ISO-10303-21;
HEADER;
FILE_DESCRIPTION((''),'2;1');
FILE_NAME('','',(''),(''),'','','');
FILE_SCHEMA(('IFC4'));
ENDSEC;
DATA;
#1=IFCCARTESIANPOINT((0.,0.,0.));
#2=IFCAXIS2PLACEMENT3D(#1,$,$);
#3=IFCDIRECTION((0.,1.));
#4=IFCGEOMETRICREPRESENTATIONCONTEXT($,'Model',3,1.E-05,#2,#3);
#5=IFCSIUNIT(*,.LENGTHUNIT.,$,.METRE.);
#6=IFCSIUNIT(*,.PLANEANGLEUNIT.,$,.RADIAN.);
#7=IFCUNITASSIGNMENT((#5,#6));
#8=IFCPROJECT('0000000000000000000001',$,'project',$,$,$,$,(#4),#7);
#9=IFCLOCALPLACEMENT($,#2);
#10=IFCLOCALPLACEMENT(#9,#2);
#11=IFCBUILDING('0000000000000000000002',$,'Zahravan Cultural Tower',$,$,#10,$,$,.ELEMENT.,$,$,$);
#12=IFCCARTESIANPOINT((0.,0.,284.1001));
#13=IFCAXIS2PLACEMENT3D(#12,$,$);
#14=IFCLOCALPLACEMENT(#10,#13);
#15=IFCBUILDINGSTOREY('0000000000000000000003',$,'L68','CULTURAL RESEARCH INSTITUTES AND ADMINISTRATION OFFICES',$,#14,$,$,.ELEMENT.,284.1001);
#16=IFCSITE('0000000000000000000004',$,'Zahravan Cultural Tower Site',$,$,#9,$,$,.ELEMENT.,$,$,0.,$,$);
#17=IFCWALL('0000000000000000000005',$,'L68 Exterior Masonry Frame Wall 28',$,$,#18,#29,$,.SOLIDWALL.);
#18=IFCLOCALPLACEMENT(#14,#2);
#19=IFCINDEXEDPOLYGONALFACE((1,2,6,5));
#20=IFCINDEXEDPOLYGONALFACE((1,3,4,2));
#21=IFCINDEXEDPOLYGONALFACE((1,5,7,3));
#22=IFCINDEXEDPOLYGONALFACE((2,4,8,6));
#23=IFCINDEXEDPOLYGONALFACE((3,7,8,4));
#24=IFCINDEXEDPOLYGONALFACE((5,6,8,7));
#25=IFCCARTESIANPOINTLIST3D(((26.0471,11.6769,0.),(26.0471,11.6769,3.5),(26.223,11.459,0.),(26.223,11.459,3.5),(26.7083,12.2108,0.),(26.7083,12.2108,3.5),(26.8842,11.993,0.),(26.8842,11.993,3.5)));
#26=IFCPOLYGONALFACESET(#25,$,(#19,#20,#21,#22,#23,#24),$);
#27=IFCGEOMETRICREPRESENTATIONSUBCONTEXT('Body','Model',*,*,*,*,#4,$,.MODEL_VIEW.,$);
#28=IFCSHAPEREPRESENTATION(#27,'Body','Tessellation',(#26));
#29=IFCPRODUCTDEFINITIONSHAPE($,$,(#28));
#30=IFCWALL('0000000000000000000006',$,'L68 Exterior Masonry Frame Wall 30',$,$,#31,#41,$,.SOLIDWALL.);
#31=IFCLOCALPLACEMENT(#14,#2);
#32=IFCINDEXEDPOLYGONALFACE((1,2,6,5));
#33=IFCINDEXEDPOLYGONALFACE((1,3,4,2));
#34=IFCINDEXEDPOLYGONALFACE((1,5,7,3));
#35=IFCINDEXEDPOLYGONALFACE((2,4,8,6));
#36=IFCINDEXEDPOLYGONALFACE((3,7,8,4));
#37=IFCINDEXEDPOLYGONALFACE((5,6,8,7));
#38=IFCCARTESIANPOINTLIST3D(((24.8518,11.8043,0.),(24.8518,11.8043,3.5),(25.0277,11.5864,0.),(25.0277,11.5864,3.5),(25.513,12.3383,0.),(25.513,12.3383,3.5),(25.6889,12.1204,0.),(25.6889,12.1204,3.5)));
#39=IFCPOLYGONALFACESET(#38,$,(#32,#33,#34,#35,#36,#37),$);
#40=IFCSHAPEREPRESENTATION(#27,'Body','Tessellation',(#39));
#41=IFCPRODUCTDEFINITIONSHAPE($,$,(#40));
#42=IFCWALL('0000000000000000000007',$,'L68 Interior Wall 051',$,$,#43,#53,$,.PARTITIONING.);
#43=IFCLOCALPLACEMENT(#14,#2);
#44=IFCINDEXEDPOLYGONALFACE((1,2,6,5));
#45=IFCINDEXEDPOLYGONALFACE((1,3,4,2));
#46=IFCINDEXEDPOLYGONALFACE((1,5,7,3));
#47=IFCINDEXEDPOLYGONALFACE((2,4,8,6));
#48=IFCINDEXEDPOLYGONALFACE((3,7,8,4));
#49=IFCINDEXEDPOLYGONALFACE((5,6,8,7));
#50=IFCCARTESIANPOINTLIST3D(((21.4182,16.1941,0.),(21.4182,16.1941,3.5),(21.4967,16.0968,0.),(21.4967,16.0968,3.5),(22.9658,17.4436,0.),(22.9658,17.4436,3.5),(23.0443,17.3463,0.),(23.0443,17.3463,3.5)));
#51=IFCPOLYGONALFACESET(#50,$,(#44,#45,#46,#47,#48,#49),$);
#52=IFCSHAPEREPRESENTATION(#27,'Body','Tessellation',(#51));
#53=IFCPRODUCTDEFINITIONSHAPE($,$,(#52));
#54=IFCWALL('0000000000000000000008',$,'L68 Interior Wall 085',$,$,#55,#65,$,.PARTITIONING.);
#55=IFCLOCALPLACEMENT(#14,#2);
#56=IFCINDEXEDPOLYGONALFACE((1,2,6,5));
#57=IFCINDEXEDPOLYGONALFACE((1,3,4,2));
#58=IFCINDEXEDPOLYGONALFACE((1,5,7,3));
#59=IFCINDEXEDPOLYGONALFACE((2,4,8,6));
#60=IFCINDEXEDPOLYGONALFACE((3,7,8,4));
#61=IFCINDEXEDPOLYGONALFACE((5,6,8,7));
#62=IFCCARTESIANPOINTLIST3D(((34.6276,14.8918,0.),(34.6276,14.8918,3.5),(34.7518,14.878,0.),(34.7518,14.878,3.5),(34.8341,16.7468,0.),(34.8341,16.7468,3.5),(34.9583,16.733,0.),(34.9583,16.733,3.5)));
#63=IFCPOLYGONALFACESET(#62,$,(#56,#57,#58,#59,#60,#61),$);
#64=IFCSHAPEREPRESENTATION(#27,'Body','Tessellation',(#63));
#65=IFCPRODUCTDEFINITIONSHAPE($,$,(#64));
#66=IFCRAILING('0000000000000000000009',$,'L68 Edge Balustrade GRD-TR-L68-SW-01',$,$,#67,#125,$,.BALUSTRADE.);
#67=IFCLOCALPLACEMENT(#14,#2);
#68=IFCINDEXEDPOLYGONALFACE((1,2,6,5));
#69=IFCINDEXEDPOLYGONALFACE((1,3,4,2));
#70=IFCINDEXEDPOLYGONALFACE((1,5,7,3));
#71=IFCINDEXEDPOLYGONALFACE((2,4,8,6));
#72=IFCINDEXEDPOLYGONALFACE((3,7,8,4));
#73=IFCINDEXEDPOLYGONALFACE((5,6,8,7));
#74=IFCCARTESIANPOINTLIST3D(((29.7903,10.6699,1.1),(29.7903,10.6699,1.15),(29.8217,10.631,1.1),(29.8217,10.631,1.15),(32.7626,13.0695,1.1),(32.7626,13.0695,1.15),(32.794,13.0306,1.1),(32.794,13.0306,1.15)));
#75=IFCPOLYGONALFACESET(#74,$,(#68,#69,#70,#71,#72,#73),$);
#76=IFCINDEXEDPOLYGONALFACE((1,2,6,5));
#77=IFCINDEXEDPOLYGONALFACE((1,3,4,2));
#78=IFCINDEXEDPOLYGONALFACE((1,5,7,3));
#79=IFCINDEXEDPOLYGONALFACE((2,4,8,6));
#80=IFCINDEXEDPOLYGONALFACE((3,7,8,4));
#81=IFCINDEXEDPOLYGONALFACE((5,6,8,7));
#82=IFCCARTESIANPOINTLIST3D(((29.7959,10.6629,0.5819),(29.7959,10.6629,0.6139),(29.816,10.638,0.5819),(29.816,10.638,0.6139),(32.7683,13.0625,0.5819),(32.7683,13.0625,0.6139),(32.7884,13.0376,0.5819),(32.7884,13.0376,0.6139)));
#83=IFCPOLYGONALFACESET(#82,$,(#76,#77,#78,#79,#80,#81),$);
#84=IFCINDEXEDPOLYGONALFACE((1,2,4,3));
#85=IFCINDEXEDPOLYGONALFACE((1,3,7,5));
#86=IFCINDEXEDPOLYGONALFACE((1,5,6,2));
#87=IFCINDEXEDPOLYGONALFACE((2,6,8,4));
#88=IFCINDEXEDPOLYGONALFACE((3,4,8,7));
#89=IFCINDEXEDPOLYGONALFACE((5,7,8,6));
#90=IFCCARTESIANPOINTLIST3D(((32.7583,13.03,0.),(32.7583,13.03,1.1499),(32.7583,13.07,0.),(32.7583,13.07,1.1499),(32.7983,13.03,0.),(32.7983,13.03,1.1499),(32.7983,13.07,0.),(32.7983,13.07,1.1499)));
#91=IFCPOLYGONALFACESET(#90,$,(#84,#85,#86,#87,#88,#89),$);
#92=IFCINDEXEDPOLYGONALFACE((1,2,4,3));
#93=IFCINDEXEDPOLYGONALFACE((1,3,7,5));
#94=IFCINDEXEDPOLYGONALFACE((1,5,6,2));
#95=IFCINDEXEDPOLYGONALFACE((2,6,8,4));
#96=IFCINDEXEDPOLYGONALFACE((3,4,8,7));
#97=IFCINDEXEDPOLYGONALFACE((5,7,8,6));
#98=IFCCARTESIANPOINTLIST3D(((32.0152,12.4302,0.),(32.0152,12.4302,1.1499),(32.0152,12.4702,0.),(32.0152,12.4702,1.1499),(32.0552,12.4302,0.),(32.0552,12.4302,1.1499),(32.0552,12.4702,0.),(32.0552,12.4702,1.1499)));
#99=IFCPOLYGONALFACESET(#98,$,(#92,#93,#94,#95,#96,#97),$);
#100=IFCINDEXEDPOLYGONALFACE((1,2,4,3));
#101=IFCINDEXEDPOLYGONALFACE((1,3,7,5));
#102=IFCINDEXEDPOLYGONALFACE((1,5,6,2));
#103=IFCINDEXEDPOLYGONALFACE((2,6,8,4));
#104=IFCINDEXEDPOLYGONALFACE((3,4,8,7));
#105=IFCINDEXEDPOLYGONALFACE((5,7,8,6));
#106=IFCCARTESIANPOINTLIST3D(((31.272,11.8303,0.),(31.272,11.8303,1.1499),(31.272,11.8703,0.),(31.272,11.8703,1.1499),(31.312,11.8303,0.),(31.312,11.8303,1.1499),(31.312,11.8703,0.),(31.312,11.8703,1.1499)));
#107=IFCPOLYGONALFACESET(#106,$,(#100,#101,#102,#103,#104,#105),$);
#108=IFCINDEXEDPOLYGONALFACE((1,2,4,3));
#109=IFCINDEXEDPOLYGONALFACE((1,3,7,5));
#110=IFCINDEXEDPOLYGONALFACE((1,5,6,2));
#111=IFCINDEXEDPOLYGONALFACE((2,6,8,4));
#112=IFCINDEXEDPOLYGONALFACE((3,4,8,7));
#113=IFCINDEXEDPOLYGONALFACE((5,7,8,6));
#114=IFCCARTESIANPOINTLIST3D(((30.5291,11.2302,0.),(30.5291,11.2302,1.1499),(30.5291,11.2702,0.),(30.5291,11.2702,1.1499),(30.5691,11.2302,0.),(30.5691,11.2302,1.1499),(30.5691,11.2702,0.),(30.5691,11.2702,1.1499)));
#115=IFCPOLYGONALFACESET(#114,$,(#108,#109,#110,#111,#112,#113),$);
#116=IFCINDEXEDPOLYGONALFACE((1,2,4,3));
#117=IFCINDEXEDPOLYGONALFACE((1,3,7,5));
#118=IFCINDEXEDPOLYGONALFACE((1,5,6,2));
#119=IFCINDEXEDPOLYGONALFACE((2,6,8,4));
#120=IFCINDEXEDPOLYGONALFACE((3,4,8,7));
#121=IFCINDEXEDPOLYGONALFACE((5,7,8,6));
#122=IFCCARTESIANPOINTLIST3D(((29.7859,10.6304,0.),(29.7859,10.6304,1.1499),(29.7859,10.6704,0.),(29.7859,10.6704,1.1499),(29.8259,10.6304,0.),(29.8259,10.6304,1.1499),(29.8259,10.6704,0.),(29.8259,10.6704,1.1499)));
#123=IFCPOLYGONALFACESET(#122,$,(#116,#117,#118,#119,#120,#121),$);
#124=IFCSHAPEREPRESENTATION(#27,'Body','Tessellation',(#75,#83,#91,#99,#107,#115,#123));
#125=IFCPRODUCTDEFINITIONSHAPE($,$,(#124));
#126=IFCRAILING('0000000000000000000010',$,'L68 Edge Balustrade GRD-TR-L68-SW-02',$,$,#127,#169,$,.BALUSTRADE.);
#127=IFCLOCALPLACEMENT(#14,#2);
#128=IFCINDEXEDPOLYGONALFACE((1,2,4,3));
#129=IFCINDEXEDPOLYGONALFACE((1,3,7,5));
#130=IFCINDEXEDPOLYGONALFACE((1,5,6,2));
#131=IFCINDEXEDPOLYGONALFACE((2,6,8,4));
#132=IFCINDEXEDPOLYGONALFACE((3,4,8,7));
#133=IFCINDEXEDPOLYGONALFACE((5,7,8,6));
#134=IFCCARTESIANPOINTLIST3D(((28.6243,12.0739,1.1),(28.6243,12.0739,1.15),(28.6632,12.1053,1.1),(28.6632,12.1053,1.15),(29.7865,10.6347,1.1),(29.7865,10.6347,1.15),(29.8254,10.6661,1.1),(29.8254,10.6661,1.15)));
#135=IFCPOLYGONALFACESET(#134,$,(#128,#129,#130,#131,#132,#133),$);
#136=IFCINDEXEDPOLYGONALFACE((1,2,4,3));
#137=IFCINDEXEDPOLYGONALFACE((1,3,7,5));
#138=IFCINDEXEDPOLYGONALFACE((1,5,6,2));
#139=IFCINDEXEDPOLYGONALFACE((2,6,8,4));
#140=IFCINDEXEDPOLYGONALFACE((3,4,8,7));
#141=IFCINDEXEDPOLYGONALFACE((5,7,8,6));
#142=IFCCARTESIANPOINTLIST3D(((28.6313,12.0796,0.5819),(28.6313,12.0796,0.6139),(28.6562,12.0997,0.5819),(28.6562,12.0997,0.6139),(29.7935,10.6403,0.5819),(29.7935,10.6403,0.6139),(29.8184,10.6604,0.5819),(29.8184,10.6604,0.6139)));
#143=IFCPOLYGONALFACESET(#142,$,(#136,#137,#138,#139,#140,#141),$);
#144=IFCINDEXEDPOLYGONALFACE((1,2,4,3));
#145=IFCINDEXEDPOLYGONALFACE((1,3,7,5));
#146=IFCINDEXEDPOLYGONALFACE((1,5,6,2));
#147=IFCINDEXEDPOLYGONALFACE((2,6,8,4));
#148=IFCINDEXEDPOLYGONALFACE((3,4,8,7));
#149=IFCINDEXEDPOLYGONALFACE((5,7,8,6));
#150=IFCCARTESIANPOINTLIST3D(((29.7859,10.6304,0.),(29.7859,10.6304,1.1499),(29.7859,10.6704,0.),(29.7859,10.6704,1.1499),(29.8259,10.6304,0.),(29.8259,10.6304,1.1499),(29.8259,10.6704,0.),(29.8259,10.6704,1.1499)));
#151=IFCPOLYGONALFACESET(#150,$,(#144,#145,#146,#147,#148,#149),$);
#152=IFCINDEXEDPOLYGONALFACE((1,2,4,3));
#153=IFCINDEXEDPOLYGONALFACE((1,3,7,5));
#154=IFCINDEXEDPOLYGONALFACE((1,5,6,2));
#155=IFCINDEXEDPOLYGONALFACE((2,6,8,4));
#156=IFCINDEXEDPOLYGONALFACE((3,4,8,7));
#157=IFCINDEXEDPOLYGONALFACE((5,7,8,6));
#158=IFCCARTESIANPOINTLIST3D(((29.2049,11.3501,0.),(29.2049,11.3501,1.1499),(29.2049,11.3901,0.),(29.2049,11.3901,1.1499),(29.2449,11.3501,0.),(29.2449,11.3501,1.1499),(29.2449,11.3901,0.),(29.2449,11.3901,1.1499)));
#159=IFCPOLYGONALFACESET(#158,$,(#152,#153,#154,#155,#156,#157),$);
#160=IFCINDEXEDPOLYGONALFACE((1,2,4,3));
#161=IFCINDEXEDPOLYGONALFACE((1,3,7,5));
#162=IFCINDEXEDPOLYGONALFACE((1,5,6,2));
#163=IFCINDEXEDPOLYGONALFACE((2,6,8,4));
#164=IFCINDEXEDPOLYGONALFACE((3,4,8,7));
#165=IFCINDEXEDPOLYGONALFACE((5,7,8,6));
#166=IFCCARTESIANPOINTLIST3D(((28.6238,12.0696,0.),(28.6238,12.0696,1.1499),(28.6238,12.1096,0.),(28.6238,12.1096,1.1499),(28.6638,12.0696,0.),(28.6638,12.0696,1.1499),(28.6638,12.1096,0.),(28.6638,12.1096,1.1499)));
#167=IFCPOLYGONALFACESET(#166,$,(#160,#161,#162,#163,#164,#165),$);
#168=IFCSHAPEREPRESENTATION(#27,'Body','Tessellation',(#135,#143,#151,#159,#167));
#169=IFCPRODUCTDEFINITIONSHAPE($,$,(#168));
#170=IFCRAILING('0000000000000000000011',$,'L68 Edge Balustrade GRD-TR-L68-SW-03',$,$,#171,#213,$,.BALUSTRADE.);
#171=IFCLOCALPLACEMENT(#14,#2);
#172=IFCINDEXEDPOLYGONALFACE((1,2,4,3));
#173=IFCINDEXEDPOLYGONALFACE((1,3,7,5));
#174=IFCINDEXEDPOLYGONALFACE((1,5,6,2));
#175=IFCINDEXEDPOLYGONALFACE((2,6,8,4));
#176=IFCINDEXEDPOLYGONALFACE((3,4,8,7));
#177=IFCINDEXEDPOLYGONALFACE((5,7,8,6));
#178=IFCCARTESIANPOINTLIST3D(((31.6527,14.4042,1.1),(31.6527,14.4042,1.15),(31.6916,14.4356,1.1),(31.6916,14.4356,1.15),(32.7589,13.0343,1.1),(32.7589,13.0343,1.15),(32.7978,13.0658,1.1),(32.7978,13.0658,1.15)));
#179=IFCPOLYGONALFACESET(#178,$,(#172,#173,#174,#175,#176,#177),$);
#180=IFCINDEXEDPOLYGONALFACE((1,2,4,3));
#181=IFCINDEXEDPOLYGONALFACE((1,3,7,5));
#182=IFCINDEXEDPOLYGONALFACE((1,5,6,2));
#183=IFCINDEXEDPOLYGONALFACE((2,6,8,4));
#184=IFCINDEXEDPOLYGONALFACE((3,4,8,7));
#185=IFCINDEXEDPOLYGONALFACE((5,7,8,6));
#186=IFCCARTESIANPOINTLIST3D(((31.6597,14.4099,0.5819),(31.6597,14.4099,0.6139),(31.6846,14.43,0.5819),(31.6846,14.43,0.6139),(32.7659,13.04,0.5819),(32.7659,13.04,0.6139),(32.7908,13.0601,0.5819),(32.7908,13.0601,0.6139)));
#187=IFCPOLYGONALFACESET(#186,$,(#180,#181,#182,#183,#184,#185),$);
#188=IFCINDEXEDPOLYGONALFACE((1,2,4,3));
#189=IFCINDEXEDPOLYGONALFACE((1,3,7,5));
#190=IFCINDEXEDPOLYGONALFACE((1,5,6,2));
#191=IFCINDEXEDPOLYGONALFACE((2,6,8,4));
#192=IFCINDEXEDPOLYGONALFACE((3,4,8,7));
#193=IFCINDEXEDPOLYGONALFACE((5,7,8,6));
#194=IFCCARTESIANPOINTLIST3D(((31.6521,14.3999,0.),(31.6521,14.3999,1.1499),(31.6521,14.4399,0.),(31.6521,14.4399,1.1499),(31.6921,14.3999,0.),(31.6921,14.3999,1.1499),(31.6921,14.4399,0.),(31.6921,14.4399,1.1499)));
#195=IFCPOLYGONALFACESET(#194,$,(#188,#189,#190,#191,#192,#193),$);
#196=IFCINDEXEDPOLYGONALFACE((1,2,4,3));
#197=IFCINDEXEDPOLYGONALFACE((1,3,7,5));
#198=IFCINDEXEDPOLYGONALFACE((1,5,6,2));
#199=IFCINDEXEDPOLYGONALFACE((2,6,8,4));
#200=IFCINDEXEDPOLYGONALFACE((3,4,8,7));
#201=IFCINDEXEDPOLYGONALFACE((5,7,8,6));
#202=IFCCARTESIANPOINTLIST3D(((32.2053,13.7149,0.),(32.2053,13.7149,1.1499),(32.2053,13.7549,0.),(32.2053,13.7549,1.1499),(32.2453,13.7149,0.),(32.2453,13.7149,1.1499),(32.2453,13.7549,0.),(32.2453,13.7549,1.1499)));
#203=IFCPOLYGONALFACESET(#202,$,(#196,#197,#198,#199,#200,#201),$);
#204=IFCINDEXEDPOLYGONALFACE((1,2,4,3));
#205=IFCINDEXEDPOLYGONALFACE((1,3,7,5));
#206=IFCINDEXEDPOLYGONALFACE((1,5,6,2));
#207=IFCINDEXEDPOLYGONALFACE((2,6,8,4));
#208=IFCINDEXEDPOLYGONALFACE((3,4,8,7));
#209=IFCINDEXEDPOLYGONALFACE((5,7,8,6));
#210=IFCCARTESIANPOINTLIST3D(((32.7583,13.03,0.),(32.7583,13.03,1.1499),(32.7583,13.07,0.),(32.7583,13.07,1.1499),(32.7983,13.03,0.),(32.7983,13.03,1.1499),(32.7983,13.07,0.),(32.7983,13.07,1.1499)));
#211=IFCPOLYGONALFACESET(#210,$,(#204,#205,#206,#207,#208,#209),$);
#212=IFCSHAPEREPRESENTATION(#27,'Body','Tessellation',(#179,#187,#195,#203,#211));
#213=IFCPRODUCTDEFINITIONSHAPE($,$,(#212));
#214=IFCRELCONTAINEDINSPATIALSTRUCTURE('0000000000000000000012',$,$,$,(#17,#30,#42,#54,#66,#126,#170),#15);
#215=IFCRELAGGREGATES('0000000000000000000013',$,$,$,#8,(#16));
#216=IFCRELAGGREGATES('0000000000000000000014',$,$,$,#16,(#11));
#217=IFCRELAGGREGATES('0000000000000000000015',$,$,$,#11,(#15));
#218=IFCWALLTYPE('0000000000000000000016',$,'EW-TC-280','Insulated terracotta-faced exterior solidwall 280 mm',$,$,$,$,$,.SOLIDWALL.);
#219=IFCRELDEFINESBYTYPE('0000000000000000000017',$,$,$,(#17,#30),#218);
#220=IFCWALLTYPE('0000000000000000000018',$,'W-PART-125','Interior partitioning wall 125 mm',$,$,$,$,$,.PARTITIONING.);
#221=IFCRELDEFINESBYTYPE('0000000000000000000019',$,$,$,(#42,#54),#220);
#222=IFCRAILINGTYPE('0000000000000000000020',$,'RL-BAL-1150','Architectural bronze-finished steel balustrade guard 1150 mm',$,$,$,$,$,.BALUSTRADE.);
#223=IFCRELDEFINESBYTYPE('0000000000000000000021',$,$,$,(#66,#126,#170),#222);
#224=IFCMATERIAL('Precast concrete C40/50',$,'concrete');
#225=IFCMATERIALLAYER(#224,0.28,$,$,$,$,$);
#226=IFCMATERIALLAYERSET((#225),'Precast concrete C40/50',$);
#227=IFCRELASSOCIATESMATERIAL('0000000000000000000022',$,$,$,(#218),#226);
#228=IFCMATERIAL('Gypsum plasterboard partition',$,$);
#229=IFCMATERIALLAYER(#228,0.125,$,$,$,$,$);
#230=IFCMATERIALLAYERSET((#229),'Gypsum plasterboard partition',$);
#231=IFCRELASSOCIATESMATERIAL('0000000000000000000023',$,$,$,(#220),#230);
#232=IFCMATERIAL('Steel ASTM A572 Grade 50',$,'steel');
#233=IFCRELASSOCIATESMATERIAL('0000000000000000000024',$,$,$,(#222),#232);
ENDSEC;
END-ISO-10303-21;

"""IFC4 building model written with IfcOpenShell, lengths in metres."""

from ifc_helpers import new_model, si_unit, direction, frame, frame_2d, origin, origin_2d, place, context, subcontext, project, spatial, rectangle, extrude, source, transform, mapped, material, layer, layer_set, type_object, element, save


model = new_model("IFC4")

# Units and contexts
model_context = context("Model", 3, precision=1e-05, world=origin(), true_north=direction((0.0, 1.0)))
body_context = subcontext(model_context, "Body", "Model", "MODEL_VIEW")
ifc_project = project(units=[si_unit("LENGTHUNIT", "METRE"), si_unit("PLANEANGLEUNIT", "RADIAN")], contexts=[model_context])

# Site, building, storey
site_placement = place(None, origin())
site = spatial("IfcSite", under=ifc_project, at=site_placement, Name="Zahravan Cultural Tower Site", CompositionType="ELEMENT", RefElevation=0.0)
building_placement = place(site_placement, origin())
building = spatial("IfcBuilding", under=site, at=building_placement, Name="Zahravan Cultural Tower", CompositionType="ELEMENT")
storey_placement = place(building_placement, frame((0.0, 0.0, 284.1001)))
storey = spatial("IfcBuildingStorey", under=building, at=storey_placement, Name="L68", Description="CULTURAL RESEARCH INSTITUTES AND ADMINISTRATION OFFICES", CompositionType="ELEMENT", Elevation=284.1001)

# Shared definitions
ifc_material_1 = material(Name="Precast concrete C40/50", Category="concrete")
ifc_layer_1 = layer(ifc_material_1, 0.28)
ifc_layer_set_1 = layer_set([ifc_layer_1], Name="Precast concrete C40/50")
wall_type_1 = type_object("IfcWallType", Name="EW-TC-280", Description="Insulated terracotta-faced exterior solidwall 280 mm", PredefinedType="SOLIDWALL", material=ifc_layer_set_1)

# Shared definitions
ifc_material_2 = material(Name="Gypsum plasterboard partition")
ifc_layer_2 = layer(ifc_material_2, 0.125)
ifc_layer_set_2 = layer_set([ifc_layer_2], Name="Gypsum plasterboard partition")
wall_type_2 = type_object("IfcWallType", Name="W-PART-125", Description="Interior partitioning wall 125 mm", PredefinedType="PARTITIONING", material=ifc_layer_set_2)

# Walls
shared_shape_1 = source(origin(), body_context, "Body", "SweptSolid", [
    extrude(rectangle(XDim=0.8499, YDim=0.28, at=frame_2d((0.4248, 0.0))), origin(), (0.0, 0.0, 1.0), 3.5),
])
for number, where, z_axis, x_axis, name in (
    (1, (26.7961, 12.1018, 0.0), (0.0, 0.0, 1.0), (-0.777974, -0.628297, 0.0), "L68 Exterior Masonry Frame Wall 28"),
    (2, (25.6008, 12.2292, 0.0), (0.0, 0.0, 1.0), (-0.777974, -0.628297, 0.0), "L68 Exterior Masonry Frame Wall 30"),
):
    element("IfcWall", number, at=place(storey_placement, frame(where, z_axis=z_axis, x_axis=x_axis)), inside=storey, type_object=wall_type_1, Name=name, PredefinedType="SOLIDWALL", context=body_context, shape_type="MappedRepresentation", body=[
        mapped(shared_shape_1, transform((0.0, 0.0, 0.0), x_axis=(1.0, 0.0, 0.0), y_axis=(0.0, 1.0, 0.0), z_axis=(0.0, 0.0, 1.0), scale=1.0)),
    ])
shared_shape_2 = source(origin(), body_context, "Body", "SweptSolid", [
    extrude(rectangle(XDim=1.989, YDim=0.125, at=frame_2d((0.9946, 0.0))), origin(), (0.0, 0.0, 1.0), 3.5),
])
wall_1_placement = place(storey_placement, frame((23.0051, 17.395, 0.0), z_axis=(0.0, 0.0, 1.0), x_axis=(-0.778059, -0.628191, 0.0)))
element("IfcWall", 3, at=wall_1_placement, inside=storey, type_object=wall_type_2, Name="L68 Interior Wall 051", PredefinedType="PARTITIONING", context=body_context, shape_type="MappedRepresentation", body=[
    mapped(shared_shape_2, transform((0.0, 0.0, 0.0), x_axis=(1.0, 0.0, 0.0), y_axis=(0.0, 1.0, 0.0), z_axis=(0.0, 0.0, 1.0), scale=1.0)),
])
shared_shape_3 = source(origin(), body_context, "Body", "SweptSolid", [
    extrude(rectangle(XDim=1.8665, YDim=0.125, at=frame_2d((0.9331, 0.0))), origin(), (0.0, 0.0, 1.0), 3.5),
])
wall_2_placement = place(storey_placement, frame((34.6897, 14.885, 0.0), z_axis=(0.0, 0.0, 1.0), x_axis=(0.110661, 0.993858, 0.0)))
element("IfcWall", 4, at=wall_2_placement, inside=storey, type_object=wall_type_2, Name="L68 Interior Wall 085", PredefinedType="PARTITIONING", context=body_context, shape_type="MappedRepresentation", body=[
    mapped(shared_shape_3, transform((0.0, 0.0, 0.0), x_axis=(1.0, 0.0, 0.0), y_axis=(0.0, 1.0, 0.0), z_axis=(0.0, 0.0, 1.0), scale=1.0)),
])

# Railings
ifc_material_3 = material(Name="Steel ASTM A572 Grade 50", Category="steel")
railing_type = type_object("IfcRailingType", Name="RL-BAL-1150", Description="Architectural bronze-finished steel balustrade guard 1150 mm", PredefinedType="BALUSTRADE", material=ifc_material_3)
railing_1_placement = place(storey_placement, frame((32.7783, 13.05, 0.0)))
element("IfcRailing", 5, at=railing_1_placement, inside=storey, type_object=railing_type, Name="L68 Edge Balustrade GRD-TR-L68-SW-01", PredefinedType="BALUSTRADE", context=body_context, shape_type="SweptSolid", body=[
    extrude(rectangle(XDim=0.05, YDim=0.05, at=origin_2d()), frame((0.0, 0.0, 1.125), z_axis=(-0.778087, -0.628157, 0.0), x_axis=(0.628157, -0.778087, 0.0)), (0.0, 0.0, 1.0), 3.8201),
    extrude(rectangle(XDim=0.032, YDim=0.032, at=origin_2d()), frame((0.0, 0.0, 0.5979), z_axis=(-0.778087, -0.628157, 0.0), x_axis=(0.628157, -0.778087, 0.0)), (0.0, 0.0, 1.0), 3.8201),
    extrude(rectangle(XDim=0.04, YDim=0.04, at=origin_2d()), origin(), (0.0, 0.0, 1.0), 1.1499),
    extrude(rectangle(XDim=0.04, YDim=0.04, at=origin_2d()), frame((-0.7432, -0.5999, 0.0)), (0.0, 0.0, 1.0), 1.1499),
    extrude(rectangle(XDim=0.04, YDim=0.04, at=origin_2d()), frame((-1.4863, -1.1997, 0.0)), (0.0, 0.0, 1.0), 1.1499),
    extrude(rectangle(XDim=0.04, YDim=0.04, at=origin_2d()), frame((-2.2292, -1.7998, 0.0)), (0.0, 0.0, 1.0), 1.1499),
    extrude(rectangle(XDim=0.04, YDim=0.04, at=origin_2d()), frame((-2.9724, -2.3997, 0.0)), (0.0, 0.0, 1.0), 1.1499),
])
railing_2_placement = place(storey_placement, frame((29.8059, 10.6504, 0.0)))
element("IfcRailing", 6, at=railing_2_placement, inside=storey, type_object=railing_type, Name="L68 Edge Balustrade GRD-TR-L68-SW-02", PredefinedType="BALUSTRADE", context=body_context, shape_type="SweptSolid", body=[
    extrude(rectangle(XDim=0.05, YDim=0.05, at=origin_2d()), frame((0.0, 0.0, 1.125), z_axis=(-0.62823, 0.778028, 0.0), x_axis=(-0.778028, -0.62823, 0.0)), (0.0, 0.0, 1.0), 1.8499),
    extrude(rectangle(XDim=0.032, YDim=0.032, at=origin_2d()), frame((0.0, 0.0, 0.5979), z_axis=(-0.62823, 0.778028, 0.0), x_axis=(-0.778028, -0.62823, 0.0)), (0.0, 0.0, 1.0), 1.8499),
    extrude(rectangle(XDim=0.04, YDim=0.04, at=origin_2d()), origin(), (0.0, 0.0, 1.0), 1.1499),
    extrude(rectangle(XDim=0.04, YDim=0.04, at=origin_2d()), frame((-0.5811, 0.7197, 0.0)), (0.0, 0.0, 1.0), 1.1499),
    extrude(rectangle(XDim=0.04, YDim=0.04, at=origin_2d()), frame((-1.1621, 1.4392, 0.0)), (0.0, 0.0, 1.0), 1.1499),
])
railing_3_placement = place(storey_placement, frame((31.6721, 14.4199, 0.0)))
element("IfcRailing", 7, at=railing_3_placement, inside=storey, type_object=railing_type, Name="L68 Edge Balustrade GRD-TR-L68-SW-03", PredefinedType="BALUSTRADE", context=body_context, shape_type="SweptSolid", body=[
    extrude(rectangle(XDim=0.05, YDim=0.05, at=origin_2d()), frame((0.0, 0.0, 1.125), z_axis=(0.628256, -0.778006, 0.0), x_axis=(0.778006, 0.628256, 0.0)), (0.0, 0.0, 1.0), 1.7607),
    extrude(rectangle(XDim=0.032, YDim=0.032, at=origin_2d()), frame((0.0, 0.0, 0.5979), z_axis=(0.628256, -0.778006, 0.0), x_axis=(0.778006, 0.628256, 0.0)), (0.0, 0.0, 1.0), 1.7607),
    extrude(rectangle(XDim=0.04, YDim=0.04, at=origin_2d()), origin(), (0.0, 0.0, 1.0), 1.1499),
    extrude(rectangle(XDim=0.04, YDim=0.04, at=origin_2d()), frame((0.5532, -0.6851, 0.0)), (0.0, 0.0, 1.0), 1.1499),
    extrude(rectangle(XDim=0.04, YDim=0.04, at=origin_2d()), frame((1.1062, -1.3699, 0.0)), (0.0, 0.0, 1.0), 1.1499),
])

save(model, "model.ifc")
